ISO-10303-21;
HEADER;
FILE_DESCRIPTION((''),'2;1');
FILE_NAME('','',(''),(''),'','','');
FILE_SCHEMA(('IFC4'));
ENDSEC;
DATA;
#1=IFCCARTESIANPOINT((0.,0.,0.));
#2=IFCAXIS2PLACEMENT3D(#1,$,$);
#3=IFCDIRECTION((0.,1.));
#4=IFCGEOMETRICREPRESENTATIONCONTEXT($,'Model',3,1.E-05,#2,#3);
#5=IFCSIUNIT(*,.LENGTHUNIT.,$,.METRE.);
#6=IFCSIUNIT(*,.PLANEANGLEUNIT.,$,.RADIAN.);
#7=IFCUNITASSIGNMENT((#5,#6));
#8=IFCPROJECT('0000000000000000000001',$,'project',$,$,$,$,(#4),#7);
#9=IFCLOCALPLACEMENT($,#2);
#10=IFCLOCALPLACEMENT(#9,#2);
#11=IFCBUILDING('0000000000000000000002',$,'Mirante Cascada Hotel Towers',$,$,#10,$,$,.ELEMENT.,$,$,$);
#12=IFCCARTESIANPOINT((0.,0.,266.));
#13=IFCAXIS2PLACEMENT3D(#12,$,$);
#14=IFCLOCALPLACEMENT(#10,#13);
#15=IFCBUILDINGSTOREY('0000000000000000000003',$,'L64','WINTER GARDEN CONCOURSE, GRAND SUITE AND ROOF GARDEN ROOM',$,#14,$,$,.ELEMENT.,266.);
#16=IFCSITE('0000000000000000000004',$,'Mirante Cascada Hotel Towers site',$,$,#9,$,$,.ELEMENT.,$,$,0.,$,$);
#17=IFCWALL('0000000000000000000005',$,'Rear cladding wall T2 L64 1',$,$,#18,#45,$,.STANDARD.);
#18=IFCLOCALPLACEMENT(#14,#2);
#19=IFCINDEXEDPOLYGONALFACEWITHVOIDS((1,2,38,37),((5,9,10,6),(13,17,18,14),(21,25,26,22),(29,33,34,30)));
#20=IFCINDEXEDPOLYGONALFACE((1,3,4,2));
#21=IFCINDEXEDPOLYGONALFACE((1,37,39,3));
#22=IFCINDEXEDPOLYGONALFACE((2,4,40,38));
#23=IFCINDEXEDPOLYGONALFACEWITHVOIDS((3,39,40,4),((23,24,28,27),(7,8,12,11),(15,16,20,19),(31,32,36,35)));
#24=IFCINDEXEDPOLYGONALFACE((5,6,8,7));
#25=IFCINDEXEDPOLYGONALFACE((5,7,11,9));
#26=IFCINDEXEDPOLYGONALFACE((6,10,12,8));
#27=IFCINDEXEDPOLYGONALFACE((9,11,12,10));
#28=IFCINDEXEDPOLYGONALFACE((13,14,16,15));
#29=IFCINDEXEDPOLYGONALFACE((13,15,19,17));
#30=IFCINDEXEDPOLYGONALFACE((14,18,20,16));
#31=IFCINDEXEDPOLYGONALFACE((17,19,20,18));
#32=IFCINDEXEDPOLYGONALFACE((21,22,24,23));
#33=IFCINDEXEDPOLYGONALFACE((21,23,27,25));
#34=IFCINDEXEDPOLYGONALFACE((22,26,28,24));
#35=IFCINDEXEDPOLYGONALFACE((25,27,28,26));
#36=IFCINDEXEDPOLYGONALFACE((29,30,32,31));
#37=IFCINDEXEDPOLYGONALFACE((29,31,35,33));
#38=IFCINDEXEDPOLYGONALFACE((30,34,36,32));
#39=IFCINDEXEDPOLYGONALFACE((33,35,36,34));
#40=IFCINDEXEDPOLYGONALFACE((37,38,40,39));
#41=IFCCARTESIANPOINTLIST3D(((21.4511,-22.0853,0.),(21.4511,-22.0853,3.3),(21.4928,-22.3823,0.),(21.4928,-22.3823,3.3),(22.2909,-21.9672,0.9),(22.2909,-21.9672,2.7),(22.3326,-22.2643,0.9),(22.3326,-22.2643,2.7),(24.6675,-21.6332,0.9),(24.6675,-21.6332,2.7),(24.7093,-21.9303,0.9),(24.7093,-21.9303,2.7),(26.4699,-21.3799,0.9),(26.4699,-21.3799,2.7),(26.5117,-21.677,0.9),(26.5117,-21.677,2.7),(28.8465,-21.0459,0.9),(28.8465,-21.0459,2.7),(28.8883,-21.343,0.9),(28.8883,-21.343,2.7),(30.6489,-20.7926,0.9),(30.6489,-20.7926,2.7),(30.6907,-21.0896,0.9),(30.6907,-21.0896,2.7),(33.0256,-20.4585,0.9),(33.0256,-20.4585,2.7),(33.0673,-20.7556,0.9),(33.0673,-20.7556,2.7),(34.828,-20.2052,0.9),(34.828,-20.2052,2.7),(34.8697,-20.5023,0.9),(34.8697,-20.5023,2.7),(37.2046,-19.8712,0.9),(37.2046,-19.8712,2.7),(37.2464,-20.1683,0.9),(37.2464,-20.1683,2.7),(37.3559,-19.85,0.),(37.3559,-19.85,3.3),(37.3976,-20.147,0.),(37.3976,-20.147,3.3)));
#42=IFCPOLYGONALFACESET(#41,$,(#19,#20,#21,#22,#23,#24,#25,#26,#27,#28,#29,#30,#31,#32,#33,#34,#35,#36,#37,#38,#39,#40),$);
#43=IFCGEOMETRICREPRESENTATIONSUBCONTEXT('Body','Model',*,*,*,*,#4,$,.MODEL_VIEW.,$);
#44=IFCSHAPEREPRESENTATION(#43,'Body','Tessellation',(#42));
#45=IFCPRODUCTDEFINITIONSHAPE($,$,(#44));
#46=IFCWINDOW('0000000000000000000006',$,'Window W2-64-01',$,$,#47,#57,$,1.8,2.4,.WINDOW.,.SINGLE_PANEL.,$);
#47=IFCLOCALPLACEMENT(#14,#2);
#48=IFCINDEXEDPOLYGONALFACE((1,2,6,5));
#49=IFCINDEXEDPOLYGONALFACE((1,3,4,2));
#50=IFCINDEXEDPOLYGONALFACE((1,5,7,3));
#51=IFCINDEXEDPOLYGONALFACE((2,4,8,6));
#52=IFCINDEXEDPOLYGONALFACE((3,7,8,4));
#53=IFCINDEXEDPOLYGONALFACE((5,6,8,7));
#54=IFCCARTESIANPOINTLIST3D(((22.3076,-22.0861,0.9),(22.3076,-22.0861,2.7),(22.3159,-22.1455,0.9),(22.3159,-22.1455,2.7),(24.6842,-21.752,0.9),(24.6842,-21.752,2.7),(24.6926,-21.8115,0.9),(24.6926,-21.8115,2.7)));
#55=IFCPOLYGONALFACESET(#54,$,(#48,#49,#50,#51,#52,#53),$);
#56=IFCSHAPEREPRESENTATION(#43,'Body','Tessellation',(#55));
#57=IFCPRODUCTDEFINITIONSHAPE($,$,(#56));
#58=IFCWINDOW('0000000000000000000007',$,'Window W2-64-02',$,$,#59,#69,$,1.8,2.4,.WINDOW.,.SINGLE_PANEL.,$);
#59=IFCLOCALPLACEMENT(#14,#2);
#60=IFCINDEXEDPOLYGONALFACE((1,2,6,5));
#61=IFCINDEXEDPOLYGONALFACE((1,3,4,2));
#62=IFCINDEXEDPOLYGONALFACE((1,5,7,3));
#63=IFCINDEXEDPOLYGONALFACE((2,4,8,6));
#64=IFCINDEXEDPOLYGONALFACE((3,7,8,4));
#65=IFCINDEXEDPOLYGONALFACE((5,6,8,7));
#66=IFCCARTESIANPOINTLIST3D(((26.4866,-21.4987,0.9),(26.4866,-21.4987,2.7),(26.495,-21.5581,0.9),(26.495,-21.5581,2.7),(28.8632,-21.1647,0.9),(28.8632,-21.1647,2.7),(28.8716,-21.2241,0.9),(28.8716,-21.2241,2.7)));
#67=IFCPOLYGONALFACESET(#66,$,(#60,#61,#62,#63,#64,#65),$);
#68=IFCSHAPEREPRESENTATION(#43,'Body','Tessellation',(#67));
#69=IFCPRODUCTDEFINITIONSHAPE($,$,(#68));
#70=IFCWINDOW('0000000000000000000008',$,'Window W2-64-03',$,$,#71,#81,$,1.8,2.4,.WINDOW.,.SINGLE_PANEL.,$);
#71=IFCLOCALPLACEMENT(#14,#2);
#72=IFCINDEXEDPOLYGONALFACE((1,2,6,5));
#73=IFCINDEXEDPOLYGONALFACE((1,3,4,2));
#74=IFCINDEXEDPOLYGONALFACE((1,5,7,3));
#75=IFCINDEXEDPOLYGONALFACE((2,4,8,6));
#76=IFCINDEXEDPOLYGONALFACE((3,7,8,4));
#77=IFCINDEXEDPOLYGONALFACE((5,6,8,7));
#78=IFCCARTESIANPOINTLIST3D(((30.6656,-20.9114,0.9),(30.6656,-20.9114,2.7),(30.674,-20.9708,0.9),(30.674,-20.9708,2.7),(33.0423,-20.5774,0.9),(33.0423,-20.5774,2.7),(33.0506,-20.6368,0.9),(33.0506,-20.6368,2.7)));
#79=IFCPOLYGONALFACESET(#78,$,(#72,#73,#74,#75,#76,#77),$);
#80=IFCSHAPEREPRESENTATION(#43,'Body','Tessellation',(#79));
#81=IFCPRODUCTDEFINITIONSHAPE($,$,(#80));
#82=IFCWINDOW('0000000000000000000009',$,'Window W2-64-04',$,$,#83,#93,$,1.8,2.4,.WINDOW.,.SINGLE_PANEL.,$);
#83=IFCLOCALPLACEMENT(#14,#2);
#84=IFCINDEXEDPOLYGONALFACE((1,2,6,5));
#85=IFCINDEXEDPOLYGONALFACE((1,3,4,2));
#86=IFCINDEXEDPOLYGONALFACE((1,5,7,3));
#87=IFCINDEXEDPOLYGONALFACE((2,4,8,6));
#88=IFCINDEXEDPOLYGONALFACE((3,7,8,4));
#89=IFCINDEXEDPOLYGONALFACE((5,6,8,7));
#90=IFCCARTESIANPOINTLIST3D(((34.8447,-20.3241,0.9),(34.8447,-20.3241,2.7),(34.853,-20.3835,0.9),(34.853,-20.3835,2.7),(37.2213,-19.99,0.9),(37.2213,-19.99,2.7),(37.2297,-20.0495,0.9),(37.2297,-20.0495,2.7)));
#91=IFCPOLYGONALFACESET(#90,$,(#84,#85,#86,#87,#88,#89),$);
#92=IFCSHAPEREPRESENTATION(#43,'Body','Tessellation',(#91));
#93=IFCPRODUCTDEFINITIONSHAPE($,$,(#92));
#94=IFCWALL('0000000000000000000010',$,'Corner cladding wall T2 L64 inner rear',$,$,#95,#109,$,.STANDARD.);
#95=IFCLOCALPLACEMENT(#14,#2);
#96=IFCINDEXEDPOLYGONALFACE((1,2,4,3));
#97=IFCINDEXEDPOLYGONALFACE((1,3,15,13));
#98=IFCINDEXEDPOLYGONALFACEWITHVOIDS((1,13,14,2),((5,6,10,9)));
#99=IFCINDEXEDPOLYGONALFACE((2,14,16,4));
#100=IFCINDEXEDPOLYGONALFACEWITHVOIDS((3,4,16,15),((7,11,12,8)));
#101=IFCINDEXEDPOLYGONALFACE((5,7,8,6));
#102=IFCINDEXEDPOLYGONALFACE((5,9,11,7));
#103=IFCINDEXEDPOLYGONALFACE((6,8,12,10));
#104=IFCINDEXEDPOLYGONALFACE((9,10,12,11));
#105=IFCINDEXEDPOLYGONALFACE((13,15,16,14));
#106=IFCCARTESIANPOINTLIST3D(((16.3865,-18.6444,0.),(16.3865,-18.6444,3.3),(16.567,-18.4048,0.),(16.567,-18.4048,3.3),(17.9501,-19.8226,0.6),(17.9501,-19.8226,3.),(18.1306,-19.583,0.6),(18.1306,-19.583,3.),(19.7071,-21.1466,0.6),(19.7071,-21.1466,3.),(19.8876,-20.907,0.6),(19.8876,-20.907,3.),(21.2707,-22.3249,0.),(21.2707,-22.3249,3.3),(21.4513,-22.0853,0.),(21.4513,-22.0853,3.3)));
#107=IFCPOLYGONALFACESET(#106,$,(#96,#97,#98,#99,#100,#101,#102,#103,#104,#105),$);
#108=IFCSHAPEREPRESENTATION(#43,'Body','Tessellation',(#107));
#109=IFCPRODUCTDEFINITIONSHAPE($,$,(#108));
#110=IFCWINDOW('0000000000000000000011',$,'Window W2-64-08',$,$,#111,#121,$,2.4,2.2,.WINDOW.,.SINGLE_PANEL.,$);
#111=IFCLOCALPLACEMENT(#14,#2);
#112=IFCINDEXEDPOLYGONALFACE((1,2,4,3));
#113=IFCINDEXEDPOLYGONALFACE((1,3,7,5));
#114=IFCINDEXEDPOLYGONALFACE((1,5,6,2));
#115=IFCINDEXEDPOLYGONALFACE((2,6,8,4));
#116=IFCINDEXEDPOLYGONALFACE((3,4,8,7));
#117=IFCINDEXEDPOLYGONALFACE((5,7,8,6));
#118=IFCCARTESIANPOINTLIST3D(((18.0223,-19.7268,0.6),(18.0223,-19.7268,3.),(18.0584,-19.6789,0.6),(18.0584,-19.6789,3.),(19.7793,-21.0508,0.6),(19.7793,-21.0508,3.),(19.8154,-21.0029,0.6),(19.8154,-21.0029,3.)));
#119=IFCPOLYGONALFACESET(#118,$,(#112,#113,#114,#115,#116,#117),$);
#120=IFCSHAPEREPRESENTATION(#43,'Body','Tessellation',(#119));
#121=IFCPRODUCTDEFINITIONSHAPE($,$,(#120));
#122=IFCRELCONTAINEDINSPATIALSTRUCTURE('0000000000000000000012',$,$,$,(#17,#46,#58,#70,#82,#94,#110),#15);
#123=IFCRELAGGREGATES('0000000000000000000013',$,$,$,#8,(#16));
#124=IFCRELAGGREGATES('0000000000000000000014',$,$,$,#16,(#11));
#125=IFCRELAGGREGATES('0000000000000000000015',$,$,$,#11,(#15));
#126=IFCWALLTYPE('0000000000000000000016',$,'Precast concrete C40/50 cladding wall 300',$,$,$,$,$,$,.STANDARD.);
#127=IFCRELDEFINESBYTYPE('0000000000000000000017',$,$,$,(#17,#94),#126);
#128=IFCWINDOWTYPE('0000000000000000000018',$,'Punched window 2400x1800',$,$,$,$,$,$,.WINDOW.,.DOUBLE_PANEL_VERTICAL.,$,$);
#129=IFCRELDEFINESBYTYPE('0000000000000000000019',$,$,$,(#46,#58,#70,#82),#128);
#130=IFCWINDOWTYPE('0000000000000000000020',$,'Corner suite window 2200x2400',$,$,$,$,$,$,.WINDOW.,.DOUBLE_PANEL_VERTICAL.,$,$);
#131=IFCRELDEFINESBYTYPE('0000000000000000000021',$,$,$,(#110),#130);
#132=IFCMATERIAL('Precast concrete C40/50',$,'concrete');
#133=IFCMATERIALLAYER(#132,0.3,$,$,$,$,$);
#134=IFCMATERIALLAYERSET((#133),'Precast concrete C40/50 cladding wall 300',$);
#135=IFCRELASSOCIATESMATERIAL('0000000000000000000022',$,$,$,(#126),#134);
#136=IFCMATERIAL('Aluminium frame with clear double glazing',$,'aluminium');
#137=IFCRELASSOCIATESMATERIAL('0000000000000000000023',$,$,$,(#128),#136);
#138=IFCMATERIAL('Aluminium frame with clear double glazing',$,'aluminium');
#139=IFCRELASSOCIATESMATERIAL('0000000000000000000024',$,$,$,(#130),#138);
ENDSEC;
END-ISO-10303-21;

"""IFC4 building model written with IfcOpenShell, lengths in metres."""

from ifc_helpers import new_model, si_unit, direction, frame, frame_2d, origin, place, context, subcontext, project, spatial, rectangle, extrude, material, layer, layer_set, type_object, element, fill, save


model = new_model("IFC4")

# Units and contexts
model_context = context("Model", 3, precision=1e-05, world=origin(), true_north=direction((0.0, 1.0)))
body_context = subcontext(model_context, "Body", "Model", "MODEL_VIEW")
ifc_project = project(units=[si_unit("LENGTHUNIT", "METRE"), si_unit("PLANEANGLEUNIT", "RADIAN")], contexts=[model_context])

# Site, building, storey
site_placement = place(None, origin())
site = spatial("IfcSite", under=ifc_project, at=site_placement, Name="Mirante Cascada Hotel Towers site", CompositionType="ELEMENT", RefElevation=0.0)
building_placement = place(site_placement, origin())
building = spatial("IfcBuilding", under=site, at=building_placement, Name="Mirante Cascada Hotel Towers", CompositionType="ELEMENT")
storey_placement = place(building_placement, frame((0.0, 0.0, 266.0)))
storey = spatial("IfcBuildingStorey", under=building, at=storey_placement, Name="L64", Description="WINTER GARDEN CONCOURSE, GRAND SUITE AND ROOF GARDEN ROOM", CompositionType="ELEMENT", Elevation=266.0)

# Wall, openings, windows
ifc_material_1 = material(Name="Precast concrete C40/50", Category="concrete")
ifc_layer_1 = layer(ifc_material_1, 0.3)
ifc_layer_set_1 = layer_set([ifc_layer_1], Name="Precast concrete C40/50 cladding wall 300")
wall_type_1 = type_object("IfcWallType", Name="Precast concrete C40/50 cladding wall 300", PredefinedType="STANDARD", material=ifc_layer_set_1)
wall_1_placement = place(storey_placement, frame((21.4719, -22.2338, 0.0), z_axis=(0.0, 0.0, 1.0), x_axis=(0.990268, 0.139175, 0.0)))
wall_1 = element("IfcWall", 1, at=wall_1_placement, inside=storey, type_object=wall_type_1, Name="Rear cladding wall T2 L64 1", PredefinedType="STANDARD", context=body_context, shape_type="SweptSolid", body=[
    extrude(rectangle(XDim=16.0611, YDim=0.3, at=frame_2d((8.0306, 0.0))), origin(), (0.0, 0.0, 1.0), 3.3),
])
opening_1_placement = place(wall_1_placement, frame((0.8481, 0.0, 0.9)))
opening_1 = element("IfcOpeningElement", 2, at=opening_1_placement, cuts=wall_1, PredefinedType="OPENING", context=body_context, shape_type="SweptSolid", body=[
    extrude(rectangle(XDim=2.4, YDim=1.8, at=frame_2d((1.2, 0.9))), frame((0.0, 0.15, 0.0), z_axis=(0.0, -1.0, 0.0), x_axis=(1.0, 0.0, 0.0)), (0.0, 0.0, 1.0), 0.3),
])
opening_2_placement = place(wall_1_placement, frame((5.0682, 0.0, 0.9)))
opening_2 = element("IfcOpeningElement", 3, at=opening_2_placement, cuts=wall_1, PredefinedType="OPENING", context=body_context, shape_type="SweptSolid", body=[
    extrude(rectangle(XDim=2.4, YDim=1.8, at=frame_2d((1.2, 0.9))), frame((0.0, 0.15, 0.0), z_axis=(0.0, -1.0, 0.0), x_axis=(1.0, 0.0, 0.0)), (0.0, 0.0, 1.0), 0.3),
])
opening_3_placement = place(wall_1_placement, frame((9.2883, 0.0, 0.9)))
opening_3 = element("IfcOpeningElement", 4, at=opening_3_placement, cuts=wall_1, PredefinedType="OPENING", context=body_context, shape_type="SweptSolid", body=[
    extrude(rectangle(XDim=2.4, YDim=1.8, at=frame_2d((1.2, 0.9))), frame((0.0, 0.15, 0.0), z_axis=(0.0, -1.0, 0.0), x_axis=(1.0, 0.0, 0.0)), (0.0, 0.0, 1.0), 0.3),
])
opening_4_placement = place(wall_1_placement, frame((13.5084, 0.0, 0.9)))
opening_4 = element("IfcOpeningElement", 5, at=opening_4_placement, cuts=wall_1, PredefinedType="OPENING", context=body_context, shape_type="SweptSolid", body=[
    extrude(rectangle(XDim=2.4, YDim=1.8, at=frame_2d((1.2, 0.9))), frame((0.0, 0.15, 0.0), z_axis=(0.0, -1.0, 0.0), x_axis=(1.0, 0.0, 0.0)), (0.0, 0.0, 1.0), 0.3),
])
ifc_material_2 = material(Name="Aluminium frame with clear double glazing", Category="aluminium")
window_type_1 = type_object("IfcWindowType", Name="Punched window 2400x1800", PartitioningType="DOUBLE_PANEL_VERTICAL", PredefinedType="WINDOW", material=ifc_material_2)
window_1_placement = place(opening_1_placement, origin())
window_1 = element("IfcWindow", 6, at=window_1_placement, inside=storey, type_object=window_type_1, Name="Window W2-64-01", OverallHeight=1.8, OverallWidth=2.4, PartitioningType="SINGLE_PANEL", PredefinedType="WINDOW", context=body_context, shape_type="SweptSolid", body=[
    extrude(rectangle(XDim=2.4, YDim=1.8, at=frame_2d((1.2, 0.9))), frame((0.0, 0.03, 0.0), z_axis=(0.0, -1.0, 0.0), x_axis=(1.0, 0.0, 0.0)), (0.0, 0.0, 1.0), 0.06),
])
fill(opening_1, window_1)
window_2_placement = place(opening_2_placement, origin())
window_2 = element("IfcWindow", 7, at=window_2_placement, inside=storey, type_object=window_type_1, Name="Window W2-64-02", OverallHeight=1.8, OverallWidth=2.4, PartitioningType="SINGLE_PANEL", PredefinedType="WINDOW", context=body_context, shape_type="SweptSolid", body=[
    extrude(rectangle(XDim=2.4, YDim=1.8, at=frame_2d((1.2, 0.9))), frame((0.0, 0.03, 0.0), z_axis=(0.0, -1.0, 0.0), x_axis=(1.0, 0.0, 0.0)), (0.0, 0.0, 1.0), 0.06),
])
fill(opening_2, window_2)
window_3_placement = place(opening_3_placement, origin())
window_3 = element("IfcWindow", 8, at=window_3_placement, inside=storey, type_object=window_type_1, Name="Window W2-64-03", OverallHeight=1.8, OverallWidth=2.4, PartitioningType="SINGLE_PANEL", PredefinedType="WINDOW", context=body_context, shape_type="SweptSolid", body=[
    extrude(rectangle(XDim=2.4, YDim=1.8, at=frame_2d((1.2, 0.9))), frame((0.0, 0.03, 0.0), z_axis=(0.0, -1.0, 0.0), x_axis=(1.0, 0.0, 0.0)), (0.0, 0.0, 1.0), 0.06),
])
fill(opening_3, window_3)
window_4_placement = place(opening_4_placement, origin())
window_4 = element("IfcWindow", 9, at=window_4_placement, inside=storey, type_object=window_type_1, Name="Window W2-64-04", OverallHeight=1.8, OverallWidth=2.4, PartitioningType="SINGLE_PANEL", PredefinedType="WINDOW", context=body_context, shape_type="SweptSolid", body=[
    extrude(rectangle(XDim=2.4, YDim=1.8, at=frame_2d((1.2, 0.9))), frame((0.0, 0.03, 0.0), z_axis=(0.0, -1.0, 0.0), x_axis=(1.0, 0.0, 0.0)), (0.0, 0.0, 1.0), 0.06),
])
fill(opening_4, window_4)

# Wall, opening, window
wall_2_placement = place(storey_placement, frame((16.4768, -18.5246, 0.0), z_axis=(0.0, 0.0, 1.0), x_axis=(0.798636, -0.601814, 0.0)))
wall_2 = element("IfcWall", 10, at=wall_2_placement, inside=storey, type_object=wall_type_1, Name="Corner cladding wall T2 L64 inner rear", PredefinedType="STANDARD", context=body_context, shape_type="SweptSolid", body=[
    extrude(rectangle(XDim=6.1157, YDim=0.3, at=frame_2d((3.0578, 0.0))), origin(), (0.0, 0.0, 1.0), 3.3),
])
opening_5_placement = place(wall_2_placement, frame((1.9578, 0.0, 0.6)))
opening_5 = element("IfcOpeningElement", 11, at=opening_5_placement, cuts=wall_2, PredefinedType="OPENING", context=body_context, shape_type="SweptSolid", body=[
    extrude(rectangle(XDim=2.2, YDim=2.4, at=frame_2d((1.1, 1.2))), frame((0.0, 0.15, 0.0), z_axis=(0.0, -1.0, 0.0), x_axis=(1.0, 0.0, 0.0)), (0.0, 0.0, 1.0), 0.3),
])
ifc_material_3 = material(Name="Aluminium frame with clear double glazing", Category="aluminium")
window_type_2 = type_object("IfcWindowType", Name="Corner suite window 2200x2400", PartitioningType="DOUBLE_PANEL_VERTICAL", PredefinedType="WINDOW", material=ifc_material_3)
window_5_placement = place(opening_5_placement, origin())
window_5 = element("IfcWindow", 12, at=window_5_placement, inside=storey, type_object=window_type_2, Name="Window W2-64-08", OverallHeight=2.4, OverallWidth=2.2, PartitioningType="SINGLE_PANEL", PredefinedType="WINDOW", context=body_context, shape_type="SweptSolid", body=[
    extrude(rectangle(XDim=2.2, YDim=2.4, at=frame_2d((1.1, 1.2))), frame((0.0, 0.03, 0.0), z_axis=(0.0, -1.0, 0.0), x_axis=(1.0, 0.0, 0.0)), (0.0, 0.0, 1.0), 0.06),
])
fill(opening_5, window_5)

save(model, "model.ifc")
